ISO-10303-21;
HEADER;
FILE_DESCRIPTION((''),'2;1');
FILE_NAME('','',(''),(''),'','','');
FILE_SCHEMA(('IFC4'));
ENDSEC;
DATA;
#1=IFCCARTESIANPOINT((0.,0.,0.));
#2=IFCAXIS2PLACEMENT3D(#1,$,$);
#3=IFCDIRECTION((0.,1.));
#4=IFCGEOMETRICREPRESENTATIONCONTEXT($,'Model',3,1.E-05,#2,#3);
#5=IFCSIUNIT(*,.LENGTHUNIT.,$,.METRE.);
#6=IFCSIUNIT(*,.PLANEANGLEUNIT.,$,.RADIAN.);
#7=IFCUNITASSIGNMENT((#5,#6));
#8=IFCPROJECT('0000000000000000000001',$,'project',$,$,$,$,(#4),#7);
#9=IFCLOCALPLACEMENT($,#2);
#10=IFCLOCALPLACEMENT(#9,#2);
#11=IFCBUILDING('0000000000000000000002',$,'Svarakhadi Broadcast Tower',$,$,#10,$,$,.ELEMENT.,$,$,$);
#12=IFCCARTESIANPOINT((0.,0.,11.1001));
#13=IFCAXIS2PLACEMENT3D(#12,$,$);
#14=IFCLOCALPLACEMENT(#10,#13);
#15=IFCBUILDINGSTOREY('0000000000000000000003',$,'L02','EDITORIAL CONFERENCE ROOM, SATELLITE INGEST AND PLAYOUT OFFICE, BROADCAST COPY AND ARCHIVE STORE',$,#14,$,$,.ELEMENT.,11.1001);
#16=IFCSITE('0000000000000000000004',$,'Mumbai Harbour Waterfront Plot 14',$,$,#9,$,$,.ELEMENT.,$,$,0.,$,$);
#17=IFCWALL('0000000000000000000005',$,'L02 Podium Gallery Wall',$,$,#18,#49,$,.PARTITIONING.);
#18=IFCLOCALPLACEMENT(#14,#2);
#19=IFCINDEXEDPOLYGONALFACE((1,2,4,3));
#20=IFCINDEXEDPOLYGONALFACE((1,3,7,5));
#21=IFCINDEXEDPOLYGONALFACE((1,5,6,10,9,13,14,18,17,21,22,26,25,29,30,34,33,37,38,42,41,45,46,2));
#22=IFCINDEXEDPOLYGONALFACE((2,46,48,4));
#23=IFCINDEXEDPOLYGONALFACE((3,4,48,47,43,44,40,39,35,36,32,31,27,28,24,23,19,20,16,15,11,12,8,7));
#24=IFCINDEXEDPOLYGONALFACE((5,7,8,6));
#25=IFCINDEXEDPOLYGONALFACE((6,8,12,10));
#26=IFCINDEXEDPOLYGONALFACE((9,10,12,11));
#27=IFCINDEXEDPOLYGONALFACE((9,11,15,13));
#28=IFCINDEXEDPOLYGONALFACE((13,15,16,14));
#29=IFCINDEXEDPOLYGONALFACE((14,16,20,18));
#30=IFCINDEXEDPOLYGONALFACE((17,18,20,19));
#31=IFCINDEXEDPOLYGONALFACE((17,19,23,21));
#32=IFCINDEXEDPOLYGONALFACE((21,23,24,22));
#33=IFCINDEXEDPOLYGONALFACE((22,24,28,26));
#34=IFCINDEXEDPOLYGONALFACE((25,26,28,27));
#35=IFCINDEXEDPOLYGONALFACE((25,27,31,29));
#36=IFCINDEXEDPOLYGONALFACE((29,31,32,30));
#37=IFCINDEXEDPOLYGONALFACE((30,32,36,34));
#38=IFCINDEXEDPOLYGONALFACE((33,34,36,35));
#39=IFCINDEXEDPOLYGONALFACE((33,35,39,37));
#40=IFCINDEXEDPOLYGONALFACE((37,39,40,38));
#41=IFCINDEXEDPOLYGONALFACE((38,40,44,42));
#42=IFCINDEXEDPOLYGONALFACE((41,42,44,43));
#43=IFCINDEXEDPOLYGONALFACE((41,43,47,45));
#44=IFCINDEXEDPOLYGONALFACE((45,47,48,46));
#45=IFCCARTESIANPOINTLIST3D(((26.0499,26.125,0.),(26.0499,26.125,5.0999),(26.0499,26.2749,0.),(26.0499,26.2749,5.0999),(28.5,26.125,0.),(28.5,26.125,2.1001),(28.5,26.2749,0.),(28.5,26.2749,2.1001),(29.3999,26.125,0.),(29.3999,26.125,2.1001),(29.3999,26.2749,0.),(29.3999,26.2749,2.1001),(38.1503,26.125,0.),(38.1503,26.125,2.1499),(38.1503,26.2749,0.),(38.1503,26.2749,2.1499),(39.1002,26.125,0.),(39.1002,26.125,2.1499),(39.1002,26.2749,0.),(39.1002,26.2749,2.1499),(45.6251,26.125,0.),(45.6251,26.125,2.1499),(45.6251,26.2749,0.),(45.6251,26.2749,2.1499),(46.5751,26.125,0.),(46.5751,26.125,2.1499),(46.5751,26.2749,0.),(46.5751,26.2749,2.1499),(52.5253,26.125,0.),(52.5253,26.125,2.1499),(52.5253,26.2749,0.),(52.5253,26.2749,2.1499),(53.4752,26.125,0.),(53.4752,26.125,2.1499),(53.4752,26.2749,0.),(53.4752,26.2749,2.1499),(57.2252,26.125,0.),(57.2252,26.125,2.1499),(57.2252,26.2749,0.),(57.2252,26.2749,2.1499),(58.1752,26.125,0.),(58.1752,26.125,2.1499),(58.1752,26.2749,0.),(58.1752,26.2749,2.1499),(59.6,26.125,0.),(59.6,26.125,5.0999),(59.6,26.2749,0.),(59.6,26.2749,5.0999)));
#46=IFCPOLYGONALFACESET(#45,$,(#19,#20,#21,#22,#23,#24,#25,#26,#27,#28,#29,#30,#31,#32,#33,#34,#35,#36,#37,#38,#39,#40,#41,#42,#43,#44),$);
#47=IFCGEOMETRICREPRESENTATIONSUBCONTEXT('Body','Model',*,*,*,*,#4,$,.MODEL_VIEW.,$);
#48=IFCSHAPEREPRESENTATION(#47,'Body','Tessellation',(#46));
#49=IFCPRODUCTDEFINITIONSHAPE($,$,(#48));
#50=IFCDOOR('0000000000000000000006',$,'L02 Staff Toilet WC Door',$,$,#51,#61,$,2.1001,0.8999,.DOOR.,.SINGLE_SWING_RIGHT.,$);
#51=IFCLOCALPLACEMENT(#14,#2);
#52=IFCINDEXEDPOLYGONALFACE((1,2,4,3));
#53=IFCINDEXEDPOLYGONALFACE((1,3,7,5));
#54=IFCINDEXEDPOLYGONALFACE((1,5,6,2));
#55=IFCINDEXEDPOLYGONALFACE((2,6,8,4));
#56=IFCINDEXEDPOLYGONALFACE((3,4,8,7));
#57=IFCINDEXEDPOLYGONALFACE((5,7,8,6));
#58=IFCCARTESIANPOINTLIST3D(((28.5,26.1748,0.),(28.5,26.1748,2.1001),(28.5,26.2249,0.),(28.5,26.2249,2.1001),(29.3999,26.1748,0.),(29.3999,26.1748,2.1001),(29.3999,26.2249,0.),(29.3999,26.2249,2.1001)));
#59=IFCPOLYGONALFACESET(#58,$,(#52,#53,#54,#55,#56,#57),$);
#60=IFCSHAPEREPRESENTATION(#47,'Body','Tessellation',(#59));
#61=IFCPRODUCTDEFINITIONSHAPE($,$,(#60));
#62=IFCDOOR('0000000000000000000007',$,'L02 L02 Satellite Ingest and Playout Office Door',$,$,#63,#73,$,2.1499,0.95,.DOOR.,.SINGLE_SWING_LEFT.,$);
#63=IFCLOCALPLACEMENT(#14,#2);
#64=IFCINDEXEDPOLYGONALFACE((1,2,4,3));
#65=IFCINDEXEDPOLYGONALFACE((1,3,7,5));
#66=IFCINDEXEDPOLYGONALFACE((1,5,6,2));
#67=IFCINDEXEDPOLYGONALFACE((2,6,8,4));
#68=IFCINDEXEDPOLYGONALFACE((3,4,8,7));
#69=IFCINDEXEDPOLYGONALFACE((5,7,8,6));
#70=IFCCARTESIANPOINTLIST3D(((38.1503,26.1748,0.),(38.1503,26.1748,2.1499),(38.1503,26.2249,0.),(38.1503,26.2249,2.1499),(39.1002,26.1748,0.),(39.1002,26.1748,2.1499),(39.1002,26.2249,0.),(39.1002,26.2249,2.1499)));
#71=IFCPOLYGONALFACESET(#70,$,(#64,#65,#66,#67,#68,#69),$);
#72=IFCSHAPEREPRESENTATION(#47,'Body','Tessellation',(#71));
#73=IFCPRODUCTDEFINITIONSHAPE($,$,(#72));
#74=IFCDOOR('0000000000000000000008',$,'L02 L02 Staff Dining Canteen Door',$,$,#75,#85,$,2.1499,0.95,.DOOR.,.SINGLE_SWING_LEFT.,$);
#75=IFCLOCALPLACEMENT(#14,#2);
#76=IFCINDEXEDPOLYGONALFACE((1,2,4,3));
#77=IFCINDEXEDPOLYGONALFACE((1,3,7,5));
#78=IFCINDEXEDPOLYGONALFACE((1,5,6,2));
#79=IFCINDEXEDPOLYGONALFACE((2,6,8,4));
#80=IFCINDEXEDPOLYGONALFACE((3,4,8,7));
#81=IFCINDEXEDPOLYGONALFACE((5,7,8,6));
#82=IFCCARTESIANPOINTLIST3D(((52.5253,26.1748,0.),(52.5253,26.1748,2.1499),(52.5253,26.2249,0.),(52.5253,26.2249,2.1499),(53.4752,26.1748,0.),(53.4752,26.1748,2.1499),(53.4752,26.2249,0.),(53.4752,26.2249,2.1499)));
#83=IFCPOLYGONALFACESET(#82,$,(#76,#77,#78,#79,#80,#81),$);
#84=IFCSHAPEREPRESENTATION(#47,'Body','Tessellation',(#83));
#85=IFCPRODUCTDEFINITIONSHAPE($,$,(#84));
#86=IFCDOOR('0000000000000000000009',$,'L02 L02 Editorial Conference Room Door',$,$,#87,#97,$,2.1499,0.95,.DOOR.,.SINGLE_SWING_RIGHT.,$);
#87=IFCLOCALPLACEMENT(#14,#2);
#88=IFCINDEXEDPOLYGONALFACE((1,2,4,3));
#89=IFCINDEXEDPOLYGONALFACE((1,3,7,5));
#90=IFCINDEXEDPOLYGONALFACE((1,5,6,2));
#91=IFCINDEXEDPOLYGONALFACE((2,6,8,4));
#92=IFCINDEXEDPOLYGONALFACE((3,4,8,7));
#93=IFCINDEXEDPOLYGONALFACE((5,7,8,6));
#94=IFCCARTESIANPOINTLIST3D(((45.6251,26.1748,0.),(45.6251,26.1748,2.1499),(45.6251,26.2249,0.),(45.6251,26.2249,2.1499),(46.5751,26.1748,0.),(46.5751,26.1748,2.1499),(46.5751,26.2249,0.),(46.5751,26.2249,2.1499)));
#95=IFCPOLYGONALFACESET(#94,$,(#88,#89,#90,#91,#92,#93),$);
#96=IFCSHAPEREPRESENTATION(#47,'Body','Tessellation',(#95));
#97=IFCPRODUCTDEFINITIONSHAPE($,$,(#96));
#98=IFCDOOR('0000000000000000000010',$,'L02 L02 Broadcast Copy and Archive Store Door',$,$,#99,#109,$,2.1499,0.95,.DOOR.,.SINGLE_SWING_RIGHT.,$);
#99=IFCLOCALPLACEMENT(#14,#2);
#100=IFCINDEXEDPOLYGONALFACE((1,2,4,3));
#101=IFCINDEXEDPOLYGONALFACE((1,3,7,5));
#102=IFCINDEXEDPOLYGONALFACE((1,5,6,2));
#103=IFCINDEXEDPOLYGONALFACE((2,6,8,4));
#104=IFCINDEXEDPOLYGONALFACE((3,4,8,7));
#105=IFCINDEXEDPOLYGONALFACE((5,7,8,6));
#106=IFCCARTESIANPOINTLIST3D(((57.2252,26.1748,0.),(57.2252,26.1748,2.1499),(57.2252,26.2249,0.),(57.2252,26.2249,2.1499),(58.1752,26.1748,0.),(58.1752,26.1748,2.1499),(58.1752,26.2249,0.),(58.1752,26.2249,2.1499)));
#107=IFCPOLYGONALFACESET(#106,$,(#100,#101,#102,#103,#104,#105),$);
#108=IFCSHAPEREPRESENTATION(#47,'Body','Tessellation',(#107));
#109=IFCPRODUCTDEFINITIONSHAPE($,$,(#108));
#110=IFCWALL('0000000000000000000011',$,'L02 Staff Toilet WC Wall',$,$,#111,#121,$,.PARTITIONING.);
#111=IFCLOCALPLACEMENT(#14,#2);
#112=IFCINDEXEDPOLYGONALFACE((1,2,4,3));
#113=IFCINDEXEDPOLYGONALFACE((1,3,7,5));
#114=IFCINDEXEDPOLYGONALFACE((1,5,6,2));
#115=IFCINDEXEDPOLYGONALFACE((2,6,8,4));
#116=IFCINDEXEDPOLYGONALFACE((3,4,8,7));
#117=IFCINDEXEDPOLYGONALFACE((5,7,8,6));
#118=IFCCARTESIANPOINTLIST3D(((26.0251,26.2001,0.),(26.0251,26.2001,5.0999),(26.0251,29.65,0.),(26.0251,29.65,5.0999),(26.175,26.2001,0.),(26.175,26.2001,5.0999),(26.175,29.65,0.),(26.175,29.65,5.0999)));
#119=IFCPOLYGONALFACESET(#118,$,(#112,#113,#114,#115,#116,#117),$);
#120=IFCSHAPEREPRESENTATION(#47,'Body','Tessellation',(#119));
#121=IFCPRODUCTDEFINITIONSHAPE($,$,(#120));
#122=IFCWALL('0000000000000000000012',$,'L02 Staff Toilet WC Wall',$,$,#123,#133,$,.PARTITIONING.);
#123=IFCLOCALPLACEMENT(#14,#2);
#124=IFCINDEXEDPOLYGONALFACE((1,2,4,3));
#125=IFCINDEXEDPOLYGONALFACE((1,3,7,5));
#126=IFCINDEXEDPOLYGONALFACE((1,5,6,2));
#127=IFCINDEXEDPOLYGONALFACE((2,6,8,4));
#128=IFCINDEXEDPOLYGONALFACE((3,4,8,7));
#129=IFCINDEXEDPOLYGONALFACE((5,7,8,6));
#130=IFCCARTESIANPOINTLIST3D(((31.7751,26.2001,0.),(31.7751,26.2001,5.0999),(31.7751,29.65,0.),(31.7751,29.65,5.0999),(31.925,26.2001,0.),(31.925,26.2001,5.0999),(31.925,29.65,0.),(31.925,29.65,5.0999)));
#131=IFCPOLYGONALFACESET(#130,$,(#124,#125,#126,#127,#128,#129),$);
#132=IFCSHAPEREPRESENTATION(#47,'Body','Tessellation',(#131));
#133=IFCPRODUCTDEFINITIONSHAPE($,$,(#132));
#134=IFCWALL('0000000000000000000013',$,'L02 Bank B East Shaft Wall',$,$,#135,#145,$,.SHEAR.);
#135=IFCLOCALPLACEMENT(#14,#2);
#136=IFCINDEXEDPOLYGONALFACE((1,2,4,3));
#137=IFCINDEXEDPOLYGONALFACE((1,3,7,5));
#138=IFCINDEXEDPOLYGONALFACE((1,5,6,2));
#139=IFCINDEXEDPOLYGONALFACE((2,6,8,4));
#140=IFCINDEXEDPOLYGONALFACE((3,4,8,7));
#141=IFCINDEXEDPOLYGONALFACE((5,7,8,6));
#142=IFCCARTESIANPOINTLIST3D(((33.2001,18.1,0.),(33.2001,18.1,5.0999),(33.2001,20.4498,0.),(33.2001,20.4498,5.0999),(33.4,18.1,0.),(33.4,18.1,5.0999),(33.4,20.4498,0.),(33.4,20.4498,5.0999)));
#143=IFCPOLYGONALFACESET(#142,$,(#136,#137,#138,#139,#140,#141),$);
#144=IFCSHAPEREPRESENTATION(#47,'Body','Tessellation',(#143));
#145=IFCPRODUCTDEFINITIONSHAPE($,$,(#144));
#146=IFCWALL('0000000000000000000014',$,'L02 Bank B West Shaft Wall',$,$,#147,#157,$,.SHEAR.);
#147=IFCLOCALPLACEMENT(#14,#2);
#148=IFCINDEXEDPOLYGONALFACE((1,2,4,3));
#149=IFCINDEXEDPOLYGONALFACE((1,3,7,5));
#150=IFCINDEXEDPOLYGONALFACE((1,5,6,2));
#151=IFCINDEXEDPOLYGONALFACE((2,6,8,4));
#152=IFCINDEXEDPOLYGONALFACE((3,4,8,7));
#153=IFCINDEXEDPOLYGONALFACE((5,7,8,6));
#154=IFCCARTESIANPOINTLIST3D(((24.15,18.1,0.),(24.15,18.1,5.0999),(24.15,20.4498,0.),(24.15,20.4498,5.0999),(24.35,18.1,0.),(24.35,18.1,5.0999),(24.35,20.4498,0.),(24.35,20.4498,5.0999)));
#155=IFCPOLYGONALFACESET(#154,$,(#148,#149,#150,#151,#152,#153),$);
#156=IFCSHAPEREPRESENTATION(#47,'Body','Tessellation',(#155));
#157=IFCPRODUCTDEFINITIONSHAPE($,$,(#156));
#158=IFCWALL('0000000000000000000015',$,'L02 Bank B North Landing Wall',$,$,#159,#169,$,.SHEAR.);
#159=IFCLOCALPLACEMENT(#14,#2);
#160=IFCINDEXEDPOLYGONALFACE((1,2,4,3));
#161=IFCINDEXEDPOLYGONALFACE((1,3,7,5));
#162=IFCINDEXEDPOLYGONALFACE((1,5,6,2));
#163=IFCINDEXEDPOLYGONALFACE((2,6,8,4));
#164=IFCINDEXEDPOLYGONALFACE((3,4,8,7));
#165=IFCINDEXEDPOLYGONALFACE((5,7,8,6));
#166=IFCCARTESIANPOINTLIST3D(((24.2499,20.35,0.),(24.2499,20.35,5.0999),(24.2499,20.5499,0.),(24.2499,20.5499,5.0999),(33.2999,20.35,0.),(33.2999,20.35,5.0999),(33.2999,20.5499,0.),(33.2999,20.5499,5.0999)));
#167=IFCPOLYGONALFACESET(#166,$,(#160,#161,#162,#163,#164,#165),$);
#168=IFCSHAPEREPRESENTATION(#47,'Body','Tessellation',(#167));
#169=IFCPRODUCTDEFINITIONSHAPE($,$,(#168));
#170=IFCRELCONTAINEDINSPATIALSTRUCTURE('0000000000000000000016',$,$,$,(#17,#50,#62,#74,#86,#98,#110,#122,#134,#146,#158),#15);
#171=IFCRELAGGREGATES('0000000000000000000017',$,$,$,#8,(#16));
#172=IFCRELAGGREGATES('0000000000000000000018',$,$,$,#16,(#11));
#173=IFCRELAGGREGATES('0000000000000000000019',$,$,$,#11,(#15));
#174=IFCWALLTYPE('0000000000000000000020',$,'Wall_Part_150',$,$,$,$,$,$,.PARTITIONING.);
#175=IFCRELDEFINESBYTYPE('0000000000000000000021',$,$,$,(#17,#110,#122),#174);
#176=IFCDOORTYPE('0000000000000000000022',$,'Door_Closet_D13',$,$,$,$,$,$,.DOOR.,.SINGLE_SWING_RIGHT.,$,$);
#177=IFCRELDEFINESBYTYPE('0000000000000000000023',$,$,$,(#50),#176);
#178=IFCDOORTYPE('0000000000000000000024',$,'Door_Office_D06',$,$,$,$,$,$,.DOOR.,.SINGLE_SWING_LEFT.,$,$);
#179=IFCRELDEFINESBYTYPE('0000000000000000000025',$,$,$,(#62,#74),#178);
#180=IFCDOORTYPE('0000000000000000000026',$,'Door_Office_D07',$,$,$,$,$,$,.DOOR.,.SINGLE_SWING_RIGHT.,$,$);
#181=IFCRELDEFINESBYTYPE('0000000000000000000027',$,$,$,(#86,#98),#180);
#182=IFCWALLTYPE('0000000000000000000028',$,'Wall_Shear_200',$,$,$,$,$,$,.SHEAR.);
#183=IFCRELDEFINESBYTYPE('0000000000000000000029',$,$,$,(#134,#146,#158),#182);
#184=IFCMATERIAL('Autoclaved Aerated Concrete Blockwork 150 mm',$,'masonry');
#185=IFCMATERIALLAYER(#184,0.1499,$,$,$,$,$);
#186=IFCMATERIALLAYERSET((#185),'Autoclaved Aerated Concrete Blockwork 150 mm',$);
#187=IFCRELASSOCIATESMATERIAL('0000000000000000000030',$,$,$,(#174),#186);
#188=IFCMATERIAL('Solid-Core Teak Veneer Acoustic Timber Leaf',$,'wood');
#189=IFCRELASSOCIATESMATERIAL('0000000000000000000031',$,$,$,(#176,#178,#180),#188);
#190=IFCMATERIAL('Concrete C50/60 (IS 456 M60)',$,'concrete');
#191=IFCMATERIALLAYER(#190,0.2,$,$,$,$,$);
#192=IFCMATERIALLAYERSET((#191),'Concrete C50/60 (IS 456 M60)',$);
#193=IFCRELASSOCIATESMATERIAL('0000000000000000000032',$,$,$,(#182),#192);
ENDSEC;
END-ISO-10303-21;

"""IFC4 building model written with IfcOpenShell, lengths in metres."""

from ifc_helpers import new_model, si_unit, direction, frame, frame_2d, origin, place, context, subcontext, project, spatial, rectangle, extrude, material, layer, layer_set, type_object, element, fill, save


model = new_model("IFC4")

# Units and contexts
model_context = context("Model", 3, precision=1e-05, world=origin(), true_north=direction((0.0, 1.0)))
body_context = subcontext(model_context, "Body", "Model", "MODEL_VIEW")
ifc_project = project(units=[si_unit("LENGTHUNIT", "METRE"), si_unit("PLANEANGLEUNIT", "RADIAN")], contexts=[model_context])

# Site, building, storey
site_placement = place(None, origin())
site = spatial("IfcSite", under=ifc_project, at=site_placement, Name="Mumbai Harbour Waterfront Plot 14", CompositionType="ELEMENT", RefElevation=0.0)
building_placement = place(site_placement, origin())
building = spatial("IfcBuilding", under=site, at=building_placement, Name="Svarakhadi Broadcast Tower", CompositionType="ELEMENT")
storey_placement = place(building_placement, frame((0.0, 0.0, 11.1001)))
storey = spatial("IfcBuildingStorey", under=building, at=storey_placement, Name="L02", Description="EDITORIAL CONFERENCE ROOM, SATELLITE INGEST AND PLAYOUT OFFICE, BROADCAST COPY AND ARCHIVE STORE", CompositionType="ELEMENT", Elevation=11.1001)

# Wall, openings, doors
ifc_material_1 = material(Name="Autoclaved Aerated Concrete Blockwork 150 mm", Category="masonry")
ifc_layer_1 = layer(ifc_material_1, 0.1499)
ifc_layer_set_1 = layer_set([ifc_layer_1], Name="Autoclaved Aerated Concrete Blockwork 150 mm")
wall_type_1 = type_object("IfcWallType", Name="Wall_Part_150", PredefinedType="PARTITIONING", material=ifc_layer_set_1)
wall_1_placement = place(storey_placement, frame((26.05, 26.2, 0.0), z_axis=(0.0, 0.0, 1.0), x_axis=(1.0, 0.0, 0.0)))
wall_1 = element("IfcWall", 1, at=wall_1_placement, inside=storey, type_object=wall_type_1, Name="L02 Podium Gallery Wall", PredefinedType="PARTITIONING", context=body_context, shape_type="SweptSolid", body=[
    extrude(rectangle(XDim=33.55, YDim=0.1499, at=frame_2d((16.7749, 0.0))), origin(), (0.0, 0.0, 1.0), 5.0999),
])
opening_1_placement = place(wall_1_placement, frame((2.45, 0.0, 0.0)))
opening_1 = element("IfcOpeningElement", 2, at=opening_1_placement, cuts=wall_1, PredefinedType="OPENING", context=body_context, shape_type="SweptSolid", body=[
    extrude(rectangle(XDim=0.8999, YDim=2.1001, at=frame_2d((0.45, 1.05))), frame((0.0, 0.085, 0.0), z_axis=(0.0, -1.0, 0.0), x_axis=(1.0, 0.0, 0.0)), (0.0, 0.0, 1.0), 0.1699),
])
opening_2_placement = place(wall_1_placement, frame((12.1001, 0.0, 0.0)))
opening_2 = element("IfcOpeningElement", 3, at=opening_2_placement, cuts=wall_1, PredefinedType="OPENING", context=body_context, shape_type="SweptSolid", body=[
    extrude(rectangle(XDim=0.95, YDim=2.1499, at=frame_2d((0.4751, 1.075))), frame((0.0, 0.085, 0.0), z_axis=(0.0, -1.0, 0.0), x_axis=(1.0, 0.0, 0.0)), (0.0, 0.0, 1.0), 0.1699),
])
opening_3_placement = place(wall_1_placement, frame((19.575, 0.0, 0.0)))
opening_3 = element("IfcOpeningElement", 4, at=opening_3_placement, cuts=wall_1, PredefinedType="OPENING", context=body_context, shape_type="SweptSolid", body=[
    extrude(rectangle(XDim=0.95, YDim=2.1499, at=frame_2d((0.4751, 1.075))), frame((0.0, 0.085, 0.0), z_axis=(0.0, -1.0, 0.0), x_axis=(1.0, 0.0, 0.0)), (0.0, 0.0, 1.0), 0.1699),
])
opening_4_placement = place(wall_1_placement, frame((26.4751, 0.0, 0.0)))
opening_4 = element("IfcOpeningElement", 5, at=opening_4_placement, cuts=wall_1, PredefinedType="OPENING", context=body_context, shape_type="SweptSolid", body=[
    extrude(rectangle(XDim=0.95, YDim=2.1499, at=frame_2d((0.4751, 1.075))), frame((0.0, 0.085, 0.0), z_axis=(0.0, -1.0, 0.0), x_axis=(1.0, 0.0, 0.0)), (0.0, 0.0, 1.0), 0.1699),
])
opening_5_placement = place(wall_1_placement, frame((31.175, 0.0, 0.0)))
opening_5 = element("IfcOpeningElement", 6, at=opening_5_placement, cuts=wall_1, PredefinedType="OPENING", context=body_context, shape_type="SweptSolid", body=[
    extrude(rectangle(XDim=0.95, YDim=2.1499, at=frame_2d((0.4751, 1.075))), frame((0.0, 0.085, 0.0), z_axis=(0.0, -1.0, 0.0), x_axis=(1.0, 0.0, 0.0)), (0.0, 0.0, 1.0), 0.1699),
])
ifc_material_2 = material(Name="Solid-Core Teak Veneer Acoustic Timber Leaf", Category="wood")
door_type_1 = type_object("IfcDoorType", Name="Door_Closet_D13", OperationType="SINGLE_SWING_RIGHT", PredefinedType="DOOR", material=ifc_material_2)
door_1_placement = place(opening_1_placement, origin())
door_1 = element("IfcDoor", 7, at=door_1_placement, inside=storey, type_object=door_type_1, Name="L02 Staff Toilet WC Door", OperationType="SINGLE_SWING_RIGHT", OverallHeight=2.1001, OverallWidth=0.8999, PredefinedType="DOOR", context=body_context, shape_type="SweptSolid", body=[
    extrude(rectangle(XDim=0.8999, YDim=2.1001, at=frame_2d((0.45, 1.05))), frame((0.0, 0.0249, 0.0), z_axis=(0.0, -1.0, 0.0), x_axis=(1.0, 0.0, 0.0)), (0.0, 0.0, 1.0), 0.05),
])
fill(opening_1, door_1)
door_type_2 = type_object("IfcDoorType", Name="Door_Office_D06", OperationType="SINGLE_SWING_LEFT", PredefinedType="DOOR", material=ifc_material_2)
door_2_placement = place(opening_2_placement, origin())
door_2 = element("IfcDoor", 8, at=door_2_placement, inside=storey, type_object=door_type_2, Name="L02 L02 Satellite Ingest and Playout Office Door", OperationType="SINGLE_SWING_LEFT", OverallHeight=2.1499, OverallWidth=0.95, PredefinedType="DOOR", context=body_context, shape_type="SweptSolid", body=[
    extrude(rectangle(XDim=0.95, YDim=2.1499, at=frame_2d((0.4751, 1.075))), frame((0.0, 0.0249, 0.0), z_axis=(0.0, -1.0, 0.0), x_axis=(1.0, 0.0, 0.0)), (0.0, 0.0, 1.0), 0.05),
])
fill(opening_2, door_2)
door_3_placement = place(opening_4_placement, origin())
door_3 = element("IfcDoor", 9, at=door_3_placement, inside=storey, type_object=door_type_2, Name="L02 L02 Staff Dining Canteen Door", OperationType="SINGLE_SWING_LEFT", OverallHeight=2.1499, OverallWidth=0.95, PredefinedType="DOOR", context=body_context, shape_type="SweptSolid", body=[
    extrude(rectangle(XDim=0.95, YDim=2.1499, at=frame_2d((0.4751, 1.075))), frame((0.0, 0.0249, 0.0), z_axis=(0.0, -1.0, 0.0), x_axis=(1.0, 0.0, 0.0)), (0.0, 0.0, 1.0), 0.05),
])
fill(opening_4, door_3)
door_type_3 = type_object("IfcDoorType", Name="Door_Office_D07", OperationType="SINGLE_SWING_RIGHT", PredefinedType="DOOR", material=ifc_material_2)
door_4_placement = place(opening_3_placement, origin())
door_4 = element("IfcDoor", 10, at=door_4_placement, inside=storey, type_object=door_type_3, Name="L02 L02 Editorial Conference Room Door", OperationType="SINGLE_SWING_RIGHT", OverallHeight=2.1499, OverallWidth=0.95, PredefinedType="DOOR", context=body_context, shape_type="SweptSolid", body=[
    extrude(rectangle(XDim=0.95, YDim=2.1499, at=frame_2d((0.4751, 1.075))), frame((0.0, 0.0249, 0.0), z_axis=(0.0, -1.0, 0.0), x_axis=(1.0, 0.0, 0.0)), (0.0, 0.0, 1.0), 0.05),
])
fill(opening_3, door_4)
door_5_placement = place(opening_5_placement, origin())
door_5 = element("IfcDoor", 11, at=door_5_placement, inside=storey, type_object=door_type_3, Name="L02 L02 Broadcast Copy and Archive Store Door", OperationType="SINGLE_SWING_RIGHT", OverallHeight=2.1499, OverallWidth=0.95, PredefinedType="DOOR", context=body_context, shape_type="SweptSolid", body=[
    extrude(rectangle(XDim=0.95, YDim=2.1499, at=frame_2d((0.4751, 1.075))), frame((0.0, 0.0249, 0.0), z_axis=(0.0, -1.0, 0.0), x_axis=(1.0, 0.0, 0.0)), (0.0, 0.0, 1.0), 0.05),
])
fill(opening_5, door_5)

# Walls
for number, where, z_axis, x_axis, name in (
    (12, (26.1001, 26.2, 0.0), (0.0, 0.0, 1.0), (0.0, 1.0, 0.0), "L02 Staff Toilet WC Wall"),
    (13, (31.8501, 26.2, 0.0), (0.0, 0.0, 1.0), (0.0, 1.0, 0.0), "L02 Staff Toilet WC Wall"),
):
    element("IfcWall", number, at=place(storey_placement, frame(where, z_axis=z_axis, x_axis=x_axis)), inside=storey, type_object=wall_type_1, Name=name, PredefinedType="PARTITIONING", context=body_context, shape_type="SweptSolid", body=[
        extrude(rectangle(XDim=3.45, YDim=0.1499, at=frame_2d((1.7251, 0.0))), origin(), (0.0, 0.0, 1.0), 5.0999),
    ])
ifc_material_3 = material(Name="Concrete C50/60 (IS 456 M60)", Category="concrete")
ifc_layer_2 = layer(ifc_material_3, 0.2)
ifc_layer_set_2 = layer_set([ifc_layer_2], Name="Concrete C50/60 (IS 456 M60)")
wall_type_2 = type_object("IfcWallType", Name="Wall_Shear_200", PredefinedType="SHEAR", material=ifc_layer_set_2)
for number, where, z_axis, x_axis, name in (
    (14, (33.3, 18.1001, 0.0), (0.0, 0.0, 1.0), (0.0, 1.0, 0.0), "L02 Bank B East Shaft Wall"),
    (15, (24.25, 18.1001, 0.0), (0.0, 0.0, 1.0), (0.0, 1.0, 0.0), "L02 Bank B West Shaft Wall"),
):
    element("IfcWall", number, at=place(storey_placement, frame(where, z_axis=z_axis, x_axis=x_axis)), inside=storey, type_object=wall_type_2, Name=name, PredefinedType="SHEAR", context=body_context, shape_type="SweptSolid", body=[
        extrude(rectangle(XDim=2.3499, YDim=0.2, at=frame_2d((1.1748, 0.0))), origin(), (0.0, 0.0, 1.0), 5.0999),
    ])
wall_2_placement = place(storey_placement, frame((24.25, 20.45, 0.0), z_axis=(0.0, 0.0, 1.0), x_axis=(1.0, 0.0, 0.0)))
element("IfcWall", 16, at=wall_2_placement, inside=storey, type_object=wall_type_2, Name="L02 Bank B North Landing Wall", PredefinedType="SHEAR", context=body_context, shape_type="SweptSolid", body=[
    extrude(rectangle(XDim=9.05, YDim=0.2, at=frame_2d((4.5249, 0.0))), origin(), (0.0, 0.0, 1.0), 5.0999),
])

save(model, "model.ifc")
